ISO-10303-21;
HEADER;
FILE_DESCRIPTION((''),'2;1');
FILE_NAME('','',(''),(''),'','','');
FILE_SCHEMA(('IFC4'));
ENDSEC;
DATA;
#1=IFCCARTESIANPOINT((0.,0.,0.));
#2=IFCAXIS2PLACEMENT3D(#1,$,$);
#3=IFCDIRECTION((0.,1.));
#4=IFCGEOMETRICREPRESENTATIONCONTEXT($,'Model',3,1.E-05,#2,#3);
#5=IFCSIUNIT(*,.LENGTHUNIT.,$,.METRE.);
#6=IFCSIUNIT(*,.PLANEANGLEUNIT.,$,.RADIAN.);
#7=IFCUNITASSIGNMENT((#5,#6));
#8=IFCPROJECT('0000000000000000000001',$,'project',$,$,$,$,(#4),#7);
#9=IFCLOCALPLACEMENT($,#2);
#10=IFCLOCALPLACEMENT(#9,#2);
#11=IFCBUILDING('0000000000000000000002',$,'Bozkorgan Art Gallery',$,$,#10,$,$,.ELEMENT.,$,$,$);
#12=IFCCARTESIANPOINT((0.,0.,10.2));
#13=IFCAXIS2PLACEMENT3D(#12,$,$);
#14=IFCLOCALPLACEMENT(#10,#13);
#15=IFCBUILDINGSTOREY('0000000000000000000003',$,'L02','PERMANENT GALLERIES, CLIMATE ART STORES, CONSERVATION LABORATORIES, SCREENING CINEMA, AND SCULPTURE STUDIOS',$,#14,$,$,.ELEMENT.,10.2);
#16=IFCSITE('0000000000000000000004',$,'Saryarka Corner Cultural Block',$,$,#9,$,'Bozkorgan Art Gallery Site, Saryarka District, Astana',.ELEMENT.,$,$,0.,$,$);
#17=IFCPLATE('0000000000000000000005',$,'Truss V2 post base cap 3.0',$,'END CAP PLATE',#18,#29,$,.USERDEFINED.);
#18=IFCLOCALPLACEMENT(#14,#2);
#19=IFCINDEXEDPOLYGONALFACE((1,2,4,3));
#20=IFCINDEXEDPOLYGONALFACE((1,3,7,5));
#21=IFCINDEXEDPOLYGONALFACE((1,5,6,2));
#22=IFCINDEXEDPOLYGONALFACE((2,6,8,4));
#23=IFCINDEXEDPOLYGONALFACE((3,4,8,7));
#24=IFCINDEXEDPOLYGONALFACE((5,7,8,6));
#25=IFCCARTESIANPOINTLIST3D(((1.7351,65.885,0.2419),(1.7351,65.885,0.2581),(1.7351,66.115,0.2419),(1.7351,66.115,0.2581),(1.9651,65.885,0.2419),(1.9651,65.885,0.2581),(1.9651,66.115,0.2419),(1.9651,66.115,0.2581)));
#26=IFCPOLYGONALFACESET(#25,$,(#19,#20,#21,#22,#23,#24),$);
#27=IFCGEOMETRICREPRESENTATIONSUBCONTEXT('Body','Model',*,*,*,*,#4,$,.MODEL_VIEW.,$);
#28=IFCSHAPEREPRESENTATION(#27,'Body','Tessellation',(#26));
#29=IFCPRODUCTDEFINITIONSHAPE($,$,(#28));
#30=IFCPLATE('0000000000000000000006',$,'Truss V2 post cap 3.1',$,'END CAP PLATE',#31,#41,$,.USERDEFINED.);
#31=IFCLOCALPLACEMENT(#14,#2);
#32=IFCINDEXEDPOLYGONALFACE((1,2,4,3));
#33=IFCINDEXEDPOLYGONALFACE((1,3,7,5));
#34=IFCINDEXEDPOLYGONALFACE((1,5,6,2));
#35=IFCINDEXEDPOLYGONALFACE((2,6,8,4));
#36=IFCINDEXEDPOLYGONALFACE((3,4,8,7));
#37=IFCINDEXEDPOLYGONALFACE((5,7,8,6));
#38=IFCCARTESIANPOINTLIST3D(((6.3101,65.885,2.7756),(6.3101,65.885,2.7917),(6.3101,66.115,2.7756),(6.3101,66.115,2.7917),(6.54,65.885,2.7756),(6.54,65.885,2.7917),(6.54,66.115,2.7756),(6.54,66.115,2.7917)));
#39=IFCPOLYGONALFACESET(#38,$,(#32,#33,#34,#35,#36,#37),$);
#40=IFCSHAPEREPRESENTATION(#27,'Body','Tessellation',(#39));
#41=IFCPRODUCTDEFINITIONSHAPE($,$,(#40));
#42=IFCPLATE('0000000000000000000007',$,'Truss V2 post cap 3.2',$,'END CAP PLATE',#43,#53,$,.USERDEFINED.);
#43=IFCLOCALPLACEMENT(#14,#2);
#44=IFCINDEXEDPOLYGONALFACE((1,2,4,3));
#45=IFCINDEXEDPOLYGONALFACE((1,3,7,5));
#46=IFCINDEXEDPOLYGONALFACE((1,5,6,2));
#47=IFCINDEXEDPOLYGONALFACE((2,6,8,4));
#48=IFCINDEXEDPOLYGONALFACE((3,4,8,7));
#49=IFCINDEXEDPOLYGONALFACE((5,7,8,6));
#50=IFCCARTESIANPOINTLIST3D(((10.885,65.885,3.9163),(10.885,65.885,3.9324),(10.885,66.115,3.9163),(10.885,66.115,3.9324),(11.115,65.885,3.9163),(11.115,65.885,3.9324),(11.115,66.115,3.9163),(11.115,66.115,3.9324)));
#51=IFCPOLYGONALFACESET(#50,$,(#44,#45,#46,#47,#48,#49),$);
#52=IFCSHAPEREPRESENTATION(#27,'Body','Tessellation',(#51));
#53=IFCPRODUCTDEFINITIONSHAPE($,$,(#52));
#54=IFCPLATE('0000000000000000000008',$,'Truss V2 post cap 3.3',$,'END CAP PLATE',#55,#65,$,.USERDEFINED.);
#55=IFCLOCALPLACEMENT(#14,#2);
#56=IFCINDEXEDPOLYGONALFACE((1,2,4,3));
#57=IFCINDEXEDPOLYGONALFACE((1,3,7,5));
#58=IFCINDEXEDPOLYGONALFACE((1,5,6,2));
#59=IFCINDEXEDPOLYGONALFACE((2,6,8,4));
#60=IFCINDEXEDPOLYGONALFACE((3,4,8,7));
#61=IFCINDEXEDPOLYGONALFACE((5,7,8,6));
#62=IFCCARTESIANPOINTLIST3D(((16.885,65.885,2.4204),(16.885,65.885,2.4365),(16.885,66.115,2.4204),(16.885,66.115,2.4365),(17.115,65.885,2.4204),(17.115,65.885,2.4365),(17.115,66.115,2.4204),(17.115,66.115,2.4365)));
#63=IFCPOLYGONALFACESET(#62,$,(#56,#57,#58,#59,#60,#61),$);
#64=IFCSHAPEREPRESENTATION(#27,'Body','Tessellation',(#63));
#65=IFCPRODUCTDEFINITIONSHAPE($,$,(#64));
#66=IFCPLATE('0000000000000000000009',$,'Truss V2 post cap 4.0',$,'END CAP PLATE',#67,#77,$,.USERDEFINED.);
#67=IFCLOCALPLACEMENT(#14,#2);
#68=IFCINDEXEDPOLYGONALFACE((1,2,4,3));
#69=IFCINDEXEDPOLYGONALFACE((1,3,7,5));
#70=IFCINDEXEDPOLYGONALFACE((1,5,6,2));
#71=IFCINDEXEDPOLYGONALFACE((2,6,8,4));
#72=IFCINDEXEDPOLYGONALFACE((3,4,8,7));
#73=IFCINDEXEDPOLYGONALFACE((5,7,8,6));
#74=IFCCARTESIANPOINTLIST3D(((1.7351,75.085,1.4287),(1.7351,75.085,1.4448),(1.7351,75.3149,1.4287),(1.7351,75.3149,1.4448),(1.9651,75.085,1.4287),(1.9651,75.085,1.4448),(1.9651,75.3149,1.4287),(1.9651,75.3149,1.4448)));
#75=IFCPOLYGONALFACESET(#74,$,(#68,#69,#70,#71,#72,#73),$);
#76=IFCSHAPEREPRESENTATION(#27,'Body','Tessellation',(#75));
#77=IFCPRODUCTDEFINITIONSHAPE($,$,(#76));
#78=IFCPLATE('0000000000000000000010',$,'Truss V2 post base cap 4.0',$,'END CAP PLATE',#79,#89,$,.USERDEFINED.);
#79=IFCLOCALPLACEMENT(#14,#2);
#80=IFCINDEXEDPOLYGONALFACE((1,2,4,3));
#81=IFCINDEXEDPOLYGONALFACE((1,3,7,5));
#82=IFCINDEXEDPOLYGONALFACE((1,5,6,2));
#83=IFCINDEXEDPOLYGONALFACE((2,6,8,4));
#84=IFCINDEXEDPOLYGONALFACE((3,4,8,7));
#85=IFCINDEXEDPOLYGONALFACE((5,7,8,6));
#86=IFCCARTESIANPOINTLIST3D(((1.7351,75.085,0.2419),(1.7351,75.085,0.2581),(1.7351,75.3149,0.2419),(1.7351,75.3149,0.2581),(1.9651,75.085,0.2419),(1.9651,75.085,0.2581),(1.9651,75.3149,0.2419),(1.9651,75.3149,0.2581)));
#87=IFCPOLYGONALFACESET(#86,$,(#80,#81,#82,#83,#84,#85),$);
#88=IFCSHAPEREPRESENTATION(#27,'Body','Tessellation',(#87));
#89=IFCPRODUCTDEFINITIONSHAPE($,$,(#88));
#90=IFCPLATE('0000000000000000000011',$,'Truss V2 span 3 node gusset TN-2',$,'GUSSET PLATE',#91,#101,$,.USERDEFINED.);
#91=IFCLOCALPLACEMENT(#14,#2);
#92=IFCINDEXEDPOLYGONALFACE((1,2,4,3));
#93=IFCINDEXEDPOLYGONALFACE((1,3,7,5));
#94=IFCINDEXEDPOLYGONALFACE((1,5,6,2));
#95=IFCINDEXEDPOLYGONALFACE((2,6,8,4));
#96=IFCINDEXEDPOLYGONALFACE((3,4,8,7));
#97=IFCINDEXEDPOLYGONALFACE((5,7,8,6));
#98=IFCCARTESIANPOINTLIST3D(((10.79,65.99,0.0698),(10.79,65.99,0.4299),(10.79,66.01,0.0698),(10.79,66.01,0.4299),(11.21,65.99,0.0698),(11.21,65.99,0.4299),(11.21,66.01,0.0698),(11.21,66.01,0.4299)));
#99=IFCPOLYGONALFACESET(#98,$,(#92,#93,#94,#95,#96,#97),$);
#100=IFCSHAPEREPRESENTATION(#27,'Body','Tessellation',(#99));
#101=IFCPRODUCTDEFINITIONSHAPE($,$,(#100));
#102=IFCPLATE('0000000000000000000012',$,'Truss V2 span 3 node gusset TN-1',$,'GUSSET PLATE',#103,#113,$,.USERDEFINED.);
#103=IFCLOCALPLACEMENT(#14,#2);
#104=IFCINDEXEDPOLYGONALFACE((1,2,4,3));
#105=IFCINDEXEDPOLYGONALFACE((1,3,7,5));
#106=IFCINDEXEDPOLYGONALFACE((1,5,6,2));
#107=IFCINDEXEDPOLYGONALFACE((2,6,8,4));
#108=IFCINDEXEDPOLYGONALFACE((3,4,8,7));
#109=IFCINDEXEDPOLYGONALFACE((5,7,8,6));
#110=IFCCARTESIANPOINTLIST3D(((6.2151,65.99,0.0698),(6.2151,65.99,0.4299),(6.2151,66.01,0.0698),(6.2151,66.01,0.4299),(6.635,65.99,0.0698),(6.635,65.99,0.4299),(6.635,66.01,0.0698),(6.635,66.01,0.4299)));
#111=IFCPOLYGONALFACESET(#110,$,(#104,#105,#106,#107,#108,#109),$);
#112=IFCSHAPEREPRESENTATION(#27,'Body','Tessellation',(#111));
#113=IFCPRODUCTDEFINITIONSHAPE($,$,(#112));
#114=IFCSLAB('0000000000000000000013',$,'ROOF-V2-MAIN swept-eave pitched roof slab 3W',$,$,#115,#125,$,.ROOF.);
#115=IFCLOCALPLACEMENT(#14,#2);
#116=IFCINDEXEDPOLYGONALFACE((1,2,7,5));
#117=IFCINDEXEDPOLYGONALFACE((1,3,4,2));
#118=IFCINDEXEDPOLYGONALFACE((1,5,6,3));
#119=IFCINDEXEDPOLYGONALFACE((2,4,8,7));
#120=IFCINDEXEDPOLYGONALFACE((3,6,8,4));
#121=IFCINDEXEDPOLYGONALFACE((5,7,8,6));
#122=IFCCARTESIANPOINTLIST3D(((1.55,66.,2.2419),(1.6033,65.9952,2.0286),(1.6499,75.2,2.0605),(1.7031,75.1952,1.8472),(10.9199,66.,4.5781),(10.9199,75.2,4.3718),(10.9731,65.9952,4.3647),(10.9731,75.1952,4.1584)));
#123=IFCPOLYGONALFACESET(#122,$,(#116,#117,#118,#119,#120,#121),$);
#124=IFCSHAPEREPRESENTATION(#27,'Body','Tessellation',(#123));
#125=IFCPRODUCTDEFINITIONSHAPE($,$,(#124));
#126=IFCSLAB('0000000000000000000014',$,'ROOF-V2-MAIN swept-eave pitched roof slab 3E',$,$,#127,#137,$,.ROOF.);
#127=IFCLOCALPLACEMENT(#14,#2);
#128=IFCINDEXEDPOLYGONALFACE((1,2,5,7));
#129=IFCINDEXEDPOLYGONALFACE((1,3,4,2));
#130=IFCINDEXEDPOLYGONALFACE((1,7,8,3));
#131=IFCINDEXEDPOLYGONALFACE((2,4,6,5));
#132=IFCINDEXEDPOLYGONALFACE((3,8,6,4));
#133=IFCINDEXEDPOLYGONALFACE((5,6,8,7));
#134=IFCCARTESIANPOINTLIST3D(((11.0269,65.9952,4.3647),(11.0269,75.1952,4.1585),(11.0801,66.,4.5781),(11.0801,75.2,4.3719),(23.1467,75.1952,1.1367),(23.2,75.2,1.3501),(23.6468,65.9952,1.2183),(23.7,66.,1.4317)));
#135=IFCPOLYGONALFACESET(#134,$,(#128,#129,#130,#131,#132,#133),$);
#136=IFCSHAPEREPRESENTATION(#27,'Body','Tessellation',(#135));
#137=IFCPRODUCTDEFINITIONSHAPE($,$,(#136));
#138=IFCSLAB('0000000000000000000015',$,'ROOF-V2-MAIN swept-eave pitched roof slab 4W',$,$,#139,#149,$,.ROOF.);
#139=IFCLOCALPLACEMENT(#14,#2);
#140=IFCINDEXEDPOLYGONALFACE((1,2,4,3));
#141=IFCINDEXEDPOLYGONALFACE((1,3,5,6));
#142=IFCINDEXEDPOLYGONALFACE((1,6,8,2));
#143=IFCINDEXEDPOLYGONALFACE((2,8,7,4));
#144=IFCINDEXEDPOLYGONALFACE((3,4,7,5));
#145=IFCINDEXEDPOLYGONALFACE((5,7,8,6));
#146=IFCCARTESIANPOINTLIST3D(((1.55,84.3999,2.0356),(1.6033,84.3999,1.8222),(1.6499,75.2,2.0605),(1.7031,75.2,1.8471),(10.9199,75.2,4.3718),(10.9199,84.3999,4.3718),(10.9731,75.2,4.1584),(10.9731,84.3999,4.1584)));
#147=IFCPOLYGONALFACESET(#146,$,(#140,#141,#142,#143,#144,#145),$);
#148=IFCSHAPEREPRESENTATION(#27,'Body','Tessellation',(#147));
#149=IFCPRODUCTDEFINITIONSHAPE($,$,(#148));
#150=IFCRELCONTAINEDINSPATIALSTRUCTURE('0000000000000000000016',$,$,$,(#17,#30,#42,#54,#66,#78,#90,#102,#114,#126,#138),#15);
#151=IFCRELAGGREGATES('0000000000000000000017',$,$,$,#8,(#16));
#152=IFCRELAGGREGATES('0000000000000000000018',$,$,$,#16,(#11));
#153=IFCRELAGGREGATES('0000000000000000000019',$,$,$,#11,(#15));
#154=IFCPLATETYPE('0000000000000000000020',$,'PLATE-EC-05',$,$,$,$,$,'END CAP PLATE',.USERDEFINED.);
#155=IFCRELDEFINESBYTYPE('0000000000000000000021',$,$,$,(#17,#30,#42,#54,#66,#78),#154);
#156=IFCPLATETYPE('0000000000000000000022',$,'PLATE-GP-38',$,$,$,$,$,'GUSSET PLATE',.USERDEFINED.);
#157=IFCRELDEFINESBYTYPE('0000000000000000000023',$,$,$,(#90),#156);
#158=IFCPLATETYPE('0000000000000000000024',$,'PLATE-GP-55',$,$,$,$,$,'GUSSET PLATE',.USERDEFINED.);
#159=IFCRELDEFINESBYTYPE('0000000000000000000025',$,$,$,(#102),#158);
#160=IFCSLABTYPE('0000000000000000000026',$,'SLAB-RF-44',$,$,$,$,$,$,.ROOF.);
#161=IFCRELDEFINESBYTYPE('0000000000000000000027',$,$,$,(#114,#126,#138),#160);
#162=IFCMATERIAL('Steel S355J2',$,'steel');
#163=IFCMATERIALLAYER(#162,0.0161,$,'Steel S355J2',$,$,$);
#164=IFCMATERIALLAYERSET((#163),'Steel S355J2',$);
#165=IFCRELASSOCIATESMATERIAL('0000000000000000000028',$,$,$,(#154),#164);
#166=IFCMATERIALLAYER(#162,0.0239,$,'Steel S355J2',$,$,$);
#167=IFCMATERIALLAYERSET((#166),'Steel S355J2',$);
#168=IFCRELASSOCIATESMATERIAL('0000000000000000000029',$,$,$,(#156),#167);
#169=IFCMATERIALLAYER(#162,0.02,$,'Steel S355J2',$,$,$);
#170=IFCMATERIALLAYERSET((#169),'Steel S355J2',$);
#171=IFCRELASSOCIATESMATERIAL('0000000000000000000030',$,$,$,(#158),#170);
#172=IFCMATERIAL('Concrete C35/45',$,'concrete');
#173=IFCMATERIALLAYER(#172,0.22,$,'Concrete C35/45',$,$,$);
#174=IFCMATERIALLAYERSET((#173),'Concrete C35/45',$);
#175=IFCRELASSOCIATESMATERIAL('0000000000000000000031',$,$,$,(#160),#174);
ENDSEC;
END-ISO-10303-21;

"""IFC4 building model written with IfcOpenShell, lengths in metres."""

from ifc_helpers import new_model, si_unit, direction, frame, origin, origin_2d, place, context, subcontext, project, spatial, polyline, rectangle, outline, extrude, material, layer, layer_set, type_object, element, save


model = new_model("IFC4")

# Units and contexts
model_context = context("Model", 3, precision=1e-05, world=origin(), true_north=direction((0.0, 1.0)))
body_context = subcontext(model_context, "Body", "Model", "MODEL_VIEW")
ifc_project = project(units=[si_unit("LENGTHUNIT", "METRE"), si_unit("PLANEANGLEUNIT", "RADIAN")], contexts=[model_context])

# Site, building, storey
site_placement = place(None, origin())
site = spatial("IfcSite", under=ifc_project, at=site_placement, Name="Saryarka Corner Cultural Block", LongName="Bozkorgan Art Gallery Site, Saryarka District, Astana", CompositionType="ELEMENT", RefElevation=0.0)
building_placement = place(site_placement, origin())
building = spatial("IfcBuilding", under=site, at=building_placement, Name="Bozkorgan Art Gallery", CompositionType="ELEMENT")
storey_placement = place(building_placement, frame((0.0, 0.0, 10.2)))
storey = spatial("IfcBuildingStorey", under=building, at=storey_placement, Name="L02", Description="PERMANENT GALLERIES, CLIMATE ART STORES, CONSERVATION LABORATORIES, SCREENING CINEMA, AND SCULPTURE STUDIOS", CompositionType="ELEMENT", Elevation=10.2)

# Shared definitions
ifc_material_1 = material(Name="Steel S355J2", Category="steel")

# Plates
ifc_layer_1 = layer(ifc_material_1, 0.0161, Name="Steel S355J2")
ifc_layer_set_1 = layer_set([ifc_layer_1], Name="Steel S355J2")
plate_type_1 = type_object("IfcPlateType", Name="PLATE-EC-05", ElementType="END CAP PLATE", PredefinedType="USERDEFINED", material=ifc_layer_set_1)
for number, where, z_axis, x_axis, name in (
    (1, (1.8501, 66.0, 0.2419), (0.0, 0.0, 1.0), (1.0, 0.0, 0.0), "Truss V2 post base cap 3.0"),
    (2, (6.425, 66.0, 2.7756), (0.0, 0.0, 1.0), (1.0, 0.0, 0.0), "Truss V2 post cap 3.1"),
    (3, (11.0, 66.0, 3.9163), (0.0, 0.0, 1.0), (1.0, 0.0, 0.0), "Truss V2 post cap 3.2"),
    (4, (17.0, 66.0, 2.4204), (0.0, 0.0, 1.0), (1.0, 0.0, 0.0), "Truss V2 post cap 3.3"),
    (5, (1.8501, 75.2, 1.4287), (0.0, 0.0, 1.0), (1.0, 0.0, 0.0), "Truss V2 post cap 4.0"),
    (6, (1.8501, 75.2, 0.2419), (0.0, 0.0, 1.0), (1.0, 0.0, 0.0), "Truss V2 post base cap 4.0"),
):
    element("IfcPlate", number, at=place(storey_placement, frame(where, z_axis=z_axis, x_axis=x_axis)), inside=storey, type_object=plate_type_1, Name=name, ObjectType="END CAP PLATE", PredefinedType="USERDEFINED", context=body_context, shape_type="SweptSolid", body=[
        extrude(rectangle(XDim=0.23, YDim=0.23, at=origin_2d()), origin(), (0.0, 0.0, 1.0), 0.0161),
    ])
ifc_layer_2 = layer(ifc_material_1, 0.0239, Name="Steel S355J2")
ifc_layer_set_2 = layer_set([ifc_layer_2], Name="Steel S355J2")
plate_type_2 = type_object("IfcPlateType", Name="PLATE-GP-38", ElementType="GUSSET PLATE", PredefinedType="USERDEFINED", material=ifc_layer_set_2)
plate_1_placement = place(storey_placement, frame((11.0, 66.0, 0.0698), z_axis=(0.0, 0.0, 1.0), x_axis=(1.0, 0.0, 0.0)))
element("IfcPlate", 7, at=plate_1_placement, inside=storey, type_object=plate_type_2, Name="Truss V2 span 3 node gusset TN-2", ObjectType="GUSSET PLATE", PredefinedType="USERDEFINED", context=body_context, shape_type="SweptSolid", body=[
    extrude(rectangle(XDim=0.4199, YDim=0.02, at=origin_2d()), origin(), (0.0, 0.0, 1.0), 0.3601),
])
ifc_layer_3 = layer(ifc_material_1, 0.02, Name="Steel S355J2")
ifc_layer_set_3 = layer_set([ifc_layer_3], Name="Steel S355J2")
plate_type_3 = type_object("IfcPlateType", Name="PLATE-GP-55", ElementType="GUSSET PLATE", PredefinedType="USERDEFINED", material=ifc_layer_set_3)
plate_2_placement = place(storey_placement, frame((6.425, 66.0, 0.0698), z_axis=(0.0, 0.0, 1.0), x_axis=(1.0, 0.0, 0.0)))
element("IfcPlate", 8, at=plate_2_placement, inside=storey, type_object=plate_type_3, Name="Truss V2 span 3 node gusset TN-1", ObjectType="GUSSET PLATE", PredefinedType="USERDEFINED", context=body_context, shape_type="SweptSolid", body=[
    extrude(rectangle(XDim=0.4199, YDim=0.02, at=origin_2d()), origin(), (0.0, 0.0, 1.0), 0.3601),
])

# Slabs
ifc_material_2 = material(Name="Concrete C35/45", Category="concrete")
ifc_layer_4 = layer(ifc_material_2, 0.22, Name="Concrete C35/45")
ifc_layer_set_4 = layer_set([ifc_layer_4], Name="Concrete C35/45")
slab_type = type_object("IfcSlabType", Name="SLAB-RF-44", PredefinedType="ROOF", material=ifc_layer_set_4)
slab_1_placement = place(storey_placement, frame((1.55, 66.0, 2.2419), z_axis=(-0.241865, 0.021752, 0.970066), x_axis=(0.970296, 0.0, 0.241923)))
element("IfcSlab", 9, at=slab_1_placement, inside=storey, type_object=slab_type, Name="ROOF-V2-MAIN swept-eave pitched roof slab 3W", PredefinedType="ROOF", context=body_context, shape_type="SweptSolid", body=[
    extrude(outline(polyline([(0.0, 0.0), (9.6567, 0.0), (9.6068, 9.2021), (0.053, 9.2021), (0.0, 0.0)])), origin(), (0.0, 0.0, -1.0), 0.22),
])
slab_2_placement = place(storey_placement, frame((11.0801, 66.0, 4.5781), z_axis=(0.241861, 0.021748, 0.970067), x_axis=(0.970297, 0.0, -0.241918)))
element("IfcSlab", 10, at=slab_2_placement, inside=storey, type_object=slab_type, Name="ROOF-V2-MAIN swept-eave pitched roof slab 3E", PredefinedType="ROOF", context=body_context, shape_type="SweptSolid", body=[
    extrude(outline(polyline([(0.0, 0.0), (13.0062, 0.0), (12.5408, 9.2021), (0.0499, 9.2021), (0.0, 0.0)])), origin(), (0.0, 0.0, -1.0), 0.22),
])
slab_3_placement = place(storey_placement, frame((1.6499, 75.2, 2.0605), z_axis=(-0.241923, 0.0, 0.970296), x_axis=(0.970296, 0.0, 0.241923)))
element("IfcSlab", 11, at=slab_3_placement, inside=storey, type_object=slab_type, Name="ROOF-V2-MAIN swept-eave pitched roof slab 4W", PredefinedType="ROOF", context=body_context, shape_type="SweptSolid", body=[
    extrude(outline(polyline([(0.0, 0.0), (9.5538, 0.0), (9.5538, 9.2), (-0.1029, 9.2), (0.0, 0.0)])), origin(), (0.0, 0.0, -1.0), 0.22),
])

save(model, "model.ifc")
